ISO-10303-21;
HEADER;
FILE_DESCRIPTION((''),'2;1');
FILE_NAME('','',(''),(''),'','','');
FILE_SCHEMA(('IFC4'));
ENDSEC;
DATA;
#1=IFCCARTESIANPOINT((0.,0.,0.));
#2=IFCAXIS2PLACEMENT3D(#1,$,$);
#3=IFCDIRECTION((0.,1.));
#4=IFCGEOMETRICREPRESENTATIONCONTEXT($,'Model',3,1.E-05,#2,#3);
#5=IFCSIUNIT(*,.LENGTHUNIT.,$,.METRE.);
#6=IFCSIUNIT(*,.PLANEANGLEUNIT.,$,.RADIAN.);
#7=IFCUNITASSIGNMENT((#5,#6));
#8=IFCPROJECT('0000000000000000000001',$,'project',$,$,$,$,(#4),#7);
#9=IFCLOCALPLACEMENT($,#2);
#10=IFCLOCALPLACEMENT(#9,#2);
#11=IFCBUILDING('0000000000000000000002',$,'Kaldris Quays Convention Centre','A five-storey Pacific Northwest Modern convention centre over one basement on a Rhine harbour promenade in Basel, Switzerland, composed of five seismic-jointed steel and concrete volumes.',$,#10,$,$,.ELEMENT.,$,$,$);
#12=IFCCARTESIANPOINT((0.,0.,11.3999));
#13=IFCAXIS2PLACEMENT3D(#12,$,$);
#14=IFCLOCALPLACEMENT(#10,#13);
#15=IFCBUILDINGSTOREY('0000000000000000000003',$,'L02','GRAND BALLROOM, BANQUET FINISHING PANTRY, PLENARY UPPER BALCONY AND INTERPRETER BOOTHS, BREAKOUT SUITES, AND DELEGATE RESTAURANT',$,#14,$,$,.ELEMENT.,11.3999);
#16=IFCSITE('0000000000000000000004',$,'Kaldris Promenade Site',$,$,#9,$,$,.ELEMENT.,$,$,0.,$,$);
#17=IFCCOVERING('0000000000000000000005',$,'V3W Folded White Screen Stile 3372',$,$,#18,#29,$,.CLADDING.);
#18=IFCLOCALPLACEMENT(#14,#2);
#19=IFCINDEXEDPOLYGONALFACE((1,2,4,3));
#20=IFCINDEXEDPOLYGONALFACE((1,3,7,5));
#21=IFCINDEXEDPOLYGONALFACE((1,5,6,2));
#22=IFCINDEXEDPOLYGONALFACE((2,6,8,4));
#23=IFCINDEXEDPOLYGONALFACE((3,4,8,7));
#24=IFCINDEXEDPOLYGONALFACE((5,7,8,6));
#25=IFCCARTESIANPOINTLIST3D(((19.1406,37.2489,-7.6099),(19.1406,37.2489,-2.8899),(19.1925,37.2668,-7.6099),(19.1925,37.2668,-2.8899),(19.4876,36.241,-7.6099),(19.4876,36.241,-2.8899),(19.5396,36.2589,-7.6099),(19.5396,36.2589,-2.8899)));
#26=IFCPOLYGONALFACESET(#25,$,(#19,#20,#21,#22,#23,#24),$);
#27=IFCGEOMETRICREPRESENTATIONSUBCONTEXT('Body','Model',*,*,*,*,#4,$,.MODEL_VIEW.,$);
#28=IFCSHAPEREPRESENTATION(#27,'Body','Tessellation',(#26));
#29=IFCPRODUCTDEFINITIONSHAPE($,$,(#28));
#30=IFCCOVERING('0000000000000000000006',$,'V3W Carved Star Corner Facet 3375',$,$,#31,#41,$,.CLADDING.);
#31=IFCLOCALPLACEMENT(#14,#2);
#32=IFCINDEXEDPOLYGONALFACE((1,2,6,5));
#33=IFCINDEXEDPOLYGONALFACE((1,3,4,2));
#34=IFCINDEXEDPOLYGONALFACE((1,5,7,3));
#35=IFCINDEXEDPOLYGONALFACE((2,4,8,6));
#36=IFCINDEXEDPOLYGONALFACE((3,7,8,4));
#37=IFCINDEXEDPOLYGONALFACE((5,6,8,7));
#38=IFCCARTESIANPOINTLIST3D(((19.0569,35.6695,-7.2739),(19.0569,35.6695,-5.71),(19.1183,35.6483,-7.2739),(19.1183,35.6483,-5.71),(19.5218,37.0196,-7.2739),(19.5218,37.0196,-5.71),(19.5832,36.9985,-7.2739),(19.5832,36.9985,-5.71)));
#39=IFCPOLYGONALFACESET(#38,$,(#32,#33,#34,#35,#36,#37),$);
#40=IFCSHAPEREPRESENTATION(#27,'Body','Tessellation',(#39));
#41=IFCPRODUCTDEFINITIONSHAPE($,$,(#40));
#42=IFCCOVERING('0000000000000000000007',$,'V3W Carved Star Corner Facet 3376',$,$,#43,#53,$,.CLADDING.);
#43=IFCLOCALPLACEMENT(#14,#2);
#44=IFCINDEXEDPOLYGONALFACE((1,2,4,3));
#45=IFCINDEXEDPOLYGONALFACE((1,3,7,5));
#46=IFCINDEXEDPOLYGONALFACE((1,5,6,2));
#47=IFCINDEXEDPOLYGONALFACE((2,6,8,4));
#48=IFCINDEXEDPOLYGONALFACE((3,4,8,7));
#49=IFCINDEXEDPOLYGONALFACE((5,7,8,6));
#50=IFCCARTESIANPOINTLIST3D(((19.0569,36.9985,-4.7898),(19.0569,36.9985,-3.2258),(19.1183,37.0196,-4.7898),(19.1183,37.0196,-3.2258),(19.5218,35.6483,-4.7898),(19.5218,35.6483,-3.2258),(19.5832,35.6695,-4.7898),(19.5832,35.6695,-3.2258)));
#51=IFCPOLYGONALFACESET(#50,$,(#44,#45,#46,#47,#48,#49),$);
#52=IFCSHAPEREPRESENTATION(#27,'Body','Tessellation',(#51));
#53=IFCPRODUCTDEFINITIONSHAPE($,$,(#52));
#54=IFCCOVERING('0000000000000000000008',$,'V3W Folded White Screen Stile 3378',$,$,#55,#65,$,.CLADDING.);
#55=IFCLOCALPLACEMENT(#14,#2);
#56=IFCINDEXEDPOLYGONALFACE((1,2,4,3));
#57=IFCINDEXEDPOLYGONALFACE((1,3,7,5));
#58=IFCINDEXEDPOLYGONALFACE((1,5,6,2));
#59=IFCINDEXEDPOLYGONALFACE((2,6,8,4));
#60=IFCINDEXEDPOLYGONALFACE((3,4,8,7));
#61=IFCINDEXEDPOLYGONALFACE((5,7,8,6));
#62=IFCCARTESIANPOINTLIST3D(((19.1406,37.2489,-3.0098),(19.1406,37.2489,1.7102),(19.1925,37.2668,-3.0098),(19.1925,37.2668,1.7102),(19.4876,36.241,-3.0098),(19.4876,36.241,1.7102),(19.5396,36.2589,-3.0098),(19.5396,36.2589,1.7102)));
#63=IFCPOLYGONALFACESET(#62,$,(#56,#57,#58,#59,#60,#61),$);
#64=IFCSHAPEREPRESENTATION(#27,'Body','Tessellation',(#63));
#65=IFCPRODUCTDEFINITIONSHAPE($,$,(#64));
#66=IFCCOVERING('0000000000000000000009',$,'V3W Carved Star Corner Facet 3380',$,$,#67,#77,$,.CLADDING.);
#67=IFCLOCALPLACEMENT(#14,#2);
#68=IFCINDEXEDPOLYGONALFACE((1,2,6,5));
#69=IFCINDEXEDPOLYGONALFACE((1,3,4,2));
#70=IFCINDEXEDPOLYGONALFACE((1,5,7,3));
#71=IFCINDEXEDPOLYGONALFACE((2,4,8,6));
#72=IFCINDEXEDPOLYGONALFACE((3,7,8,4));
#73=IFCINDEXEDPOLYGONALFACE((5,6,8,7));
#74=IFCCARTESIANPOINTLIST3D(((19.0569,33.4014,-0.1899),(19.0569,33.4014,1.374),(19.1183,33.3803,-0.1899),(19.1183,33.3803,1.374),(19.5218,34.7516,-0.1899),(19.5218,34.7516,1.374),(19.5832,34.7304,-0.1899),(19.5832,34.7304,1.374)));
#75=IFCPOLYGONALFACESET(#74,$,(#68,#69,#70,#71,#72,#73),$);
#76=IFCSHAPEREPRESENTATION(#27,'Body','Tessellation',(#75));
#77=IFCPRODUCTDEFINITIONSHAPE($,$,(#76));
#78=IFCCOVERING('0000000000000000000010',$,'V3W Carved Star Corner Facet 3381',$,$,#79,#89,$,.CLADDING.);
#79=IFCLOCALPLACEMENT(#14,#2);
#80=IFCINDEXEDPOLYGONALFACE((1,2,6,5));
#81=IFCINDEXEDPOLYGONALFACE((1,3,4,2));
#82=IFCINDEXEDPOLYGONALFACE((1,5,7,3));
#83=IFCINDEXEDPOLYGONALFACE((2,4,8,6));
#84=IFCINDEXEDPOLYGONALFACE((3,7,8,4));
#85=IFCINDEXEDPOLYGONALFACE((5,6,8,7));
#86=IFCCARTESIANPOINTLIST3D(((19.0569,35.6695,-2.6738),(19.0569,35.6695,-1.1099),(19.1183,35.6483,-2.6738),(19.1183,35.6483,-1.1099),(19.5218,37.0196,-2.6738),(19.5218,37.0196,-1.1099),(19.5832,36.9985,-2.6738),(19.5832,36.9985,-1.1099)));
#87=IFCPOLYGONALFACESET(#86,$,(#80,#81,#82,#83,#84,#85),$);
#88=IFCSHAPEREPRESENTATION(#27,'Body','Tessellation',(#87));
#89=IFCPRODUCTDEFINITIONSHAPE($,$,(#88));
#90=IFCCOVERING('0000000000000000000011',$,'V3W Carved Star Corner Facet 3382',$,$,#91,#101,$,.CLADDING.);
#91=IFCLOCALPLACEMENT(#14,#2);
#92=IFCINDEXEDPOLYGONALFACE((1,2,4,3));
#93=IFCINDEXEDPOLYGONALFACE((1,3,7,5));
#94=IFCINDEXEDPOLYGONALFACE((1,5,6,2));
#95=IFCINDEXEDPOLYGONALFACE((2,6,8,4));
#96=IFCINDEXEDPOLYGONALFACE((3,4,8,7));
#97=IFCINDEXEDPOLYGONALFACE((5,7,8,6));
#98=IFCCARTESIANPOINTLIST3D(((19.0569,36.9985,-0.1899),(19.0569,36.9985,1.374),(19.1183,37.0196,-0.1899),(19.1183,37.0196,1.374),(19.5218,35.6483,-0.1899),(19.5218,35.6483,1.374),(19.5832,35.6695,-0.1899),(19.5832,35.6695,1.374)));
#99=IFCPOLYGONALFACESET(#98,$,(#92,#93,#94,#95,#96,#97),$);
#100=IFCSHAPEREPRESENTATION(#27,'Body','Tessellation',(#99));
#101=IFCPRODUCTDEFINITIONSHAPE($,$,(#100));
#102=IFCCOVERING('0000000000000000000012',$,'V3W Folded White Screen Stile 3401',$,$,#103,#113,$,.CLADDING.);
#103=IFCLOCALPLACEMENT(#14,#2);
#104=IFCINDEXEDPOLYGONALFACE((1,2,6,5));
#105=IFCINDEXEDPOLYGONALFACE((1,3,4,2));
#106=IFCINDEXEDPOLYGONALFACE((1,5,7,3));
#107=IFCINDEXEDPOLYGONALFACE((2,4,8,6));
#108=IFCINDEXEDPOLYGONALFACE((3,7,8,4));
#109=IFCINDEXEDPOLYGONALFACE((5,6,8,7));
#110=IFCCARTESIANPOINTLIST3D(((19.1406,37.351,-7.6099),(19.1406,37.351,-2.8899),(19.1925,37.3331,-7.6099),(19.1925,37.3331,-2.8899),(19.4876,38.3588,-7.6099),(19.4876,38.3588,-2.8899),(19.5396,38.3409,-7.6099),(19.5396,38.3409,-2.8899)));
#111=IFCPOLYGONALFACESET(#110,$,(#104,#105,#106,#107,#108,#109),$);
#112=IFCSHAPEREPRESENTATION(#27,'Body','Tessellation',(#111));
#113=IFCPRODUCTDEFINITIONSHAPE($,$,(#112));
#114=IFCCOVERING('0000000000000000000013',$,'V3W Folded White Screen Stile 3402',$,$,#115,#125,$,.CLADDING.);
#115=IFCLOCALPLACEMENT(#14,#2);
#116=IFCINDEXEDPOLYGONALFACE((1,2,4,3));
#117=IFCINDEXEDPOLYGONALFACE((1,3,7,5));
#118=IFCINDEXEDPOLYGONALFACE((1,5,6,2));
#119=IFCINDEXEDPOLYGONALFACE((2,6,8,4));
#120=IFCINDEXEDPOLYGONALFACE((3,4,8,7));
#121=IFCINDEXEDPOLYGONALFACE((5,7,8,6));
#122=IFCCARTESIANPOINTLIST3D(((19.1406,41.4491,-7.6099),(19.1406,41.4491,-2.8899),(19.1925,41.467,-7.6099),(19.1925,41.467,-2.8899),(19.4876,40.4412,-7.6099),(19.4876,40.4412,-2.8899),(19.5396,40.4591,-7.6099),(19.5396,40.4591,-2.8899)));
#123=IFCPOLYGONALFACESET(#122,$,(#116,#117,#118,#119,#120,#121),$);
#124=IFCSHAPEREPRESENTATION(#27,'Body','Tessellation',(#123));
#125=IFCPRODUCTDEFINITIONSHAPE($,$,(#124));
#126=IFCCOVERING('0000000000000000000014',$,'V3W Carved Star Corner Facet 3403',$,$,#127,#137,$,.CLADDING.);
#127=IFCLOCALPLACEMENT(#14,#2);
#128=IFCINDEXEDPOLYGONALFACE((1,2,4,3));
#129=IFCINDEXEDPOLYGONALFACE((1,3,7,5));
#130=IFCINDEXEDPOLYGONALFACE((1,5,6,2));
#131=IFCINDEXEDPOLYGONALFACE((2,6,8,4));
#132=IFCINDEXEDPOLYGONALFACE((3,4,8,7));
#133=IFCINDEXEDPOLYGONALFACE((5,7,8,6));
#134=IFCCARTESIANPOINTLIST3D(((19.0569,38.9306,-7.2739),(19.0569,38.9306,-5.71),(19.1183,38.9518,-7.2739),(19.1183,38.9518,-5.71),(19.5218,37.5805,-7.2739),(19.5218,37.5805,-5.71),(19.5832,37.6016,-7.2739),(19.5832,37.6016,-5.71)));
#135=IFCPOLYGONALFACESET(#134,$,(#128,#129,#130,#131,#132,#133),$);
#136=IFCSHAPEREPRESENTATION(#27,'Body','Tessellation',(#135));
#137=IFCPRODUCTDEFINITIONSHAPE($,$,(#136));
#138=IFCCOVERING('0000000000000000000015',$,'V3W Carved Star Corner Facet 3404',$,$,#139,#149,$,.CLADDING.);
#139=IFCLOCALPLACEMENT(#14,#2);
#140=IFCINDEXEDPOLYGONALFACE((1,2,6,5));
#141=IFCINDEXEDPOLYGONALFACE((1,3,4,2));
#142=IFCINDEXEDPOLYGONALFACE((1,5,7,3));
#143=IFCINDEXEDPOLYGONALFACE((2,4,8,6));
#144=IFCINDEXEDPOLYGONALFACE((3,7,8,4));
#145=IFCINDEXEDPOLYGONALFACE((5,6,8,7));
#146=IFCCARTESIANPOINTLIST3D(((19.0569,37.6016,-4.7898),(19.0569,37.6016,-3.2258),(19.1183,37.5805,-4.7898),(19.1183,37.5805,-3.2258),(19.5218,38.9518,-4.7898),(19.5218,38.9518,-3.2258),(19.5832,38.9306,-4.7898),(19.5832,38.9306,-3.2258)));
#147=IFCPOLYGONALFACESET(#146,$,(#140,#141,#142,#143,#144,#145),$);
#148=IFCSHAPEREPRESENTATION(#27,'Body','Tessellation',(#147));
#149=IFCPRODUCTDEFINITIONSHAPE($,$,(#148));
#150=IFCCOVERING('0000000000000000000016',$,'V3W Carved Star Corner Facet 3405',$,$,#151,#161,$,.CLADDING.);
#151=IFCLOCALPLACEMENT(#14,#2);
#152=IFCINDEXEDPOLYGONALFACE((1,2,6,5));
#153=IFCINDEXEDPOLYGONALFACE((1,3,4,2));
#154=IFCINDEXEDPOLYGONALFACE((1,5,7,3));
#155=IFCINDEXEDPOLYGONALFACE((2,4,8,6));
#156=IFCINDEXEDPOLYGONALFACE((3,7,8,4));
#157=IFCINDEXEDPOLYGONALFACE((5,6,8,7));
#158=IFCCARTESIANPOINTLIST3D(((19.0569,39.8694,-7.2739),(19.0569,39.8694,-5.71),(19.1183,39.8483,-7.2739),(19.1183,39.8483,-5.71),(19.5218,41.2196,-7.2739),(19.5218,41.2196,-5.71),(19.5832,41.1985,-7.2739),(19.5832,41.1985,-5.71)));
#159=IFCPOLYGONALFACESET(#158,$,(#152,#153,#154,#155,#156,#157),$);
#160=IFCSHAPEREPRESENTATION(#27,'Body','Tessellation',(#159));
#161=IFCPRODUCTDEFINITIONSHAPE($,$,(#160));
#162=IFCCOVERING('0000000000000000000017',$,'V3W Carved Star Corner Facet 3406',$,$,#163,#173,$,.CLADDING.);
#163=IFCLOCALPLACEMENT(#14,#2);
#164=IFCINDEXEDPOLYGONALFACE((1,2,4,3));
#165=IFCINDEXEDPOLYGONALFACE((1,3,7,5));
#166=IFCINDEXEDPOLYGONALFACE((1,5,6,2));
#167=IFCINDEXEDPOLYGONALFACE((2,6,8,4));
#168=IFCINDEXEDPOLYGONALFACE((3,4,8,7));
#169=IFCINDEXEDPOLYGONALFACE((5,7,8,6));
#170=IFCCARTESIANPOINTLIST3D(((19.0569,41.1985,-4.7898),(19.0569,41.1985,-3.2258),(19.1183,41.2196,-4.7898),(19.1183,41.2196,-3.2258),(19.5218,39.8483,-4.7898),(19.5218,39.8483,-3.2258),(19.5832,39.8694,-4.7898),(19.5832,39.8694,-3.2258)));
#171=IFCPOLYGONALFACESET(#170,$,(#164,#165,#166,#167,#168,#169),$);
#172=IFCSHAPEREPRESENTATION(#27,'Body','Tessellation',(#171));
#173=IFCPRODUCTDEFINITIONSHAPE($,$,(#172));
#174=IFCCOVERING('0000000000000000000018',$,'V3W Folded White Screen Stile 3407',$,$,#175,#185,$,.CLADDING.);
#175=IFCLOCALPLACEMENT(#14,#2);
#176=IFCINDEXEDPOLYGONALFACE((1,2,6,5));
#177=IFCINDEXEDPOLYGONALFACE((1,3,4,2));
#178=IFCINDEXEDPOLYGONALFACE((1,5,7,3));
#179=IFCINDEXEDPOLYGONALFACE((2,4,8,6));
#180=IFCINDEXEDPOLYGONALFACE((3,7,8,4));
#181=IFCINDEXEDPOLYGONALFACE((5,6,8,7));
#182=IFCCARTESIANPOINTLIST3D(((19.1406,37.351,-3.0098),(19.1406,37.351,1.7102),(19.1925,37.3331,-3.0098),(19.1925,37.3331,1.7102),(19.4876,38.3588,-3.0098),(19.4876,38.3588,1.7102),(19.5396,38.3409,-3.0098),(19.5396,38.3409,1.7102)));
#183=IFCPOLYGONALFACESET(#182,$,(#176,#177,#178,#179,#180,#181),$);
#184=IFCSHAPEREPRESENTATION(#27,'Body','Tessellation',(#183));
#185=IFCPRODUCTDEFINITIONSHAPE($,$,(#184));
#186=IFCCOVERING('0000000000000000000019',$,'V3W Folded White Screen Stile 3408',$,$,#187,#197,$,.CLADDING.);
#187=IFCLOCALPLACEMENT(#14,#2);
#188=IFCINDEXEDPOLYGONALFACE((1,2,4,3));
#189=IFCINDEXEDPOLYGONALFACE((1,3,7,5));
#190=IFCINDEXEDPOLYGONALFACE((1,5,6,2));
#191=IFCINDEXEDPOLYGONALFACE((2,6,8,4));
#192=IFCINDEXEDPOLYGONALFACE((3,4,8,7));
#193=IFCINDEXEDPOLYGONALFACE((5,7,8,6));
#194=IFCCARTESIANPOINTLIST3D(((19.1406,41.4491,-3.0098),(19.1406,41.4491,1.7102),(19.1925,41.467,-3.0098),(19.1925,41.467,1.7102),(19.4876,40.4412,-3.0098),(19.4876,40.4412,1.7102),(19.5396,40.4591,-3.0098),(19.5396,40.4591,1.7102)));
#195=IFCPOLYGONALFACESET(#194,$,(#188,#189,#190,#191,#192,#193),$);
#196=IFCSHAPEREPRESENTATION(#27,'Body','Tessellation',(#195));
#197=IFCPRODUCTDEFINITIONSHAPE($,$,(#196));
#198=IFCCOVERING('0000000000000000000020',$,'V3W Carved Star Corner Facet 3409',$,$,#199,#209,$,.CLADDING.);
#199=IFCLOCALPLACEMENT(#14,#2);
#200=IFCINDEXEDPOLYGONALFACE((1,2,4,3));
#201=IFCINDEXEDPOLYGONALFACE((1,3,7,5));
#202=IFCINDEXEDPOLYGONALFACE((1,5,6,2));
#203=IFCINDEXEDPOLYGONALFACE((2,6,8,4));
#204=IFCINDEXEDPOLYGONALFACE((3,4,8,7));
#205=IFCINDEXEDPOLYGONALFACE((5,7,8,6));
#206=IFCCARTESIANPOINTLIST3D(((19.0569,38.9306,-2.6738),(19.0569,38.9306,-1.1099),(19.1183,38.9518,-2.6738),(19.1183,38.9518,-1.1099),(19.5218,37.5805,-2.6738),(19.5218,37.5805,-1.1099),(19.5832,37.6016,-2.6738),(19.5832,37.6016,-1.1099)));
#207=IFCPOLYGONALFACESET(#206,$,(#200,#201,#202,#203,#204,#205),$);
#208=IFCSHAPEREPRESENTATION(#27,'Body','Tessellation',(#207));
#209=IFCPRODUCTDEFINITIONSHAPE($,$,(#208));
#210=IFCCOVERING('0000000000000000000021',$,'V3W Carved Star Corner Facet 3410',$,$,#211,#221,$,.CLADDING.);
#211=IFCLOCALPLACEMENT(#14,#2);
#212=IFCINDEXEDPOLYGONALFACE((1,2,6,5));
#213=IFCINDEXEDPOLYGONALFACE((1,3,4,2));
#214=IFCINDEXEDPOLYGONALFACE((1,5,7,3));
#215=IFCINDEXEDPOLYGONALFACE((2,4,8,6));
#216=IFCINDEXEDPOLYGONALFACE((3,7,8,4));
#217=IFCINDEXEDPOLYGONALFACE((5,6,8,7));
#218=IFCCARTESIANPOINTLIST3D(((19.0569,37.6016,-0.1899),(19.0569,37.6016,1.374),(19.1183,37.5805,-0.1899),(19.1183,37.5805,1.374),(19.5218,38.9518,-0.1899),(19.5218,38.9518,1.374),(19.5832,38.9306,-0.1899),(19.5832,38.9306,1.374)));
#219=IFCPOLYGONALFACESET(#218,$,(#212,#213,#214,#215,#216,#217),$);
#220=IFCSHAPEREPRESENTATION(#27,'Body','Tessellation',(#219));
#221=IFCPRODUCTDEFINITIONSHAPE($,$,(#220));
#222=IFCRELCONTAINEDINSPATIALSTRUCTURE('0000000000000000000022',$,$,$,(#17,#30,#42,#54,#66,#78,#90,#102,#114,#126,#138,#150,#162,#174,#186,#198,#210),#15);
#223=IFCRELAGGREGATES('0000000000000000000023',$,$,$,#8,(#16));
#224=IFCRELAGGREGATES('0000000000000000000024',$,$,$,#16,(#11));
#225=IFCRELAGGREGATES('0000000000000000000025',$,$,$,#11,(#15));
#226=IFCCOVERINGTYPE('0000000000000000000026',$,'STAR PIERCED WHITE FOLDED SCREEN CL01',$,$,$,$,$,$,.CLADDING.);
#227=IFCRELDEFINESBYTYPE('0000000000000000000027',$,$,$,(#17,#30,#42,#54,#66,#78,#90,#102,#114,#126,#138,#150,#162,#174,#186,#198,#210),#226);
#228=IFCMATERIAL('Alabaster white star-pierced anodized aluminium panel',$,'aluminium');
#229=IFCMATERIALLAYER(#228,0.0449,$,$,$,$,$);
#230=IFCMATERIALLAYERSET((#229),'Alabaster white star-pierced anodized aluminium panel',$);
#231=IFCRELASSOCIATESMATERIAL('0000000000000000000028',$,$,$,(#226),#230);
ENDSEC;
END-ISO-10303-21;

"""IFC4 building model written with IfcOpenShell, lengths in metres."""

from ifc_helpers import new_model, si_unit, direction, frame, origin, origin_2d, place, context, subcontext, project, spatial, rectangle, extrude, material, layer, layer_set, type_object, element, save


model = new_model("IFC4")

# Units and contexts
model_context = context("Model", 3, precision=1e-05, world=origin(), true_north=direction((0.0, 1.0)))
body_context = subcontext(model_context, "Body", "Model", "MODEL_VIEW")
ifc_project = project(units=[si_unit("LENGTHUNIT", "METRE"), si_unit("PLANEANGLEUNIT", "RADIAN")], contexts=[model_context])

# Site, building, storey
site_placement = place(None, origin())
site = spatial("IfcSite", under=ifc_project, at=site_placement, Name="Kaldris Promenade Site", CompositionType="ELEMENT", RefElevation=0.0)
building_placement = place(site_placement, origin())
building = spatial("IfcBuilding", under=site, at=building_placement, Name="Kaldris Quays Convention Centre", Description="A five-storey Pacific Northwest Modern convention centre over one basement on a Rhine harbour promenade in Basel, Switzerland, composed of five seismic-jointed steel and concrete volumes.", CompositionType="ELEMENT")
storey_placement = place(building_placement, frame((0.0, 0.0, 11.3999)))
storey = spatial("IfcBuildingStorey", under=building, at=storey_placement, Name="L02", Description="GRAND BALLROOM, BANQUET FINISHING PANTRY, PLENARY UPPER BALCONY AND INTERPRETER BOOTHS, BREAKOUT SUITES, AND DELEGATE RESTAURANT", CompositionType="ELEMENT", Elevation=11.3999)

# Coverings
ifc_material_1 = material(Name="Alabaster white star-pierced anodized aluminium panel", Category="aluminium")
ifc_layer = layer(ifc_material_1, 0.0449)
ifc_layer_set = layer_set([ifc_layer], Name="Alabaster white star-pierced anodized aluminium panel")
covering_type = type_object("IfcCoveringType", Name="STAR PIERCED WHITE FOLDED SCREEN CL01", PredefinedType="CLADDING", material=ifc_layer_set)
covering_1_placement = place(storey_placement, frame((19.3401, 36.7539, -7.6099), z_axis=(0.0, 0.0, 1.0), x_axis=(-0.325568, 0.945519, 0.0)))
element("IfcCovering", 1, at=covering_1_placement, inside=storey, type_object=covering_type, Name="V3W Folded White Screen Stile 3372", PredefinedType="CLADDING", context=body_context, shape_type="SweptSolid", body=[
    extrude(rectangle(XDim=1.0659, YDim=0.0549, at=origin_2d()), origin(), (0.0, 0.0, 1.0), 4.72),
])
for number, where, z_axis, x_axis, name in (
    (2, (19.3201, 36.334, -7.2739), (0.0, 0.0, 1.0), (0.325568, 0.945519, 0.0), "V3W Carved Star Corner Facet 3375"),
    (3, (19.3201, 36.334, -4.7898), (0.0, 0.0, 1.0), (-0.325568, 0.945519, 0.0), "V3W Carved Star Corner Facet 3376"),
):
    element("IfcCovering", number, at=place(storey_placement, frame(where, z_axis=z_axis, x_axis=x_axis)), inside=storey, type_object=covering_type, Name=name, PredefinedType="CLADDING", context=body_context, shape_type="SweptSolid", body=[
        extrude(rectangle(XDim=1.428, YDim=0.0649, at=origin_2d()), origin(), (0.0, 0.0, 1.0), 1.564),
    ])
covering_2_placement = place(storey_placement, frame((19.3401, 36.7539, -3.0098), z_axis=(0.0, 0.0, 1.0), x_axis=(-0.325568, 0.945519, 0.0)))
element("IfcCovering", 4, at=covering_2_placement, inside=storey, type_object=covering_type, Name="V3W Folded White Screen Stile 3378", PredefinedType="CLADDING", context=body_context, shape_type="SweptSolid", body=[
    extrude(rectangle(XDim=1.0659, YDim=0.0549, at=origin_2d()), origin(), (0.0, 0.0, 1.0), 4.72),
])
for number, where, z_axis, x_axis, name in (
    (5, (19.3201, 34.0659, -0.1899), (0.0, 0.0, 1.0), (0.325568, 0.945519, 0.0), "V3W Carved Star Corner Facet 3380"),
    (6, (19.3201, 36.334, -2.6738), (0.0, 0.0, 1.0), (0.325568, 0.945519, 0.0), "V3W Carved Star Corner Facet 3381"),
    (7, (19.3201, 36.334, -0.1899), (0.0, 0.0, 1.0), (-0.325568, 0.945519, 0.0), "V3W Carved Star Corner Facet 3382"),
):
    element("IfcCovering", number, at=place(storey_placement, frame(where, z_axis=z_axis, x_axis=x_axis)), inside=storey, type_object=covering_type, Name=name, PredefinedType="CLADDING", context=body_context, shape_type="SweptSolid", body=[
        extrude(rectangle(XDim=1.428, YDim=0.0649, at=origin_2d()), origin(), (0.0, 0.0, 1.0), 1.564),
    ])
for number, where, z_axis, x_axis, name in (
    (8, (19.3401, 37.8459, -7.6099), (0.0, 0.0, 1.0), (0.325568, 0.945519, 0.0), "V3W Folded White Screen Stile 3401"),
    (9, (19.3401, 40.9541, -7.6099), (0.0, 0.0, 1.0), (-0.325568, 0.945519, 0.0), "V3W Folded White Screen Stile 3402"),
):
    element("IfcCovering", number, at=place(storey_placement, frame(where, z_axis=z_axis, x_axis=x_axis)), inside=storey, type_object=covering_type, Name=name, PredefinedType="CLADDING", context=body_context, shape_type="SweptSolid", body=[
        extrude(rectangle(XDim=1.0659, YDim=0.0549, at=origin_2d()), origin(), (0.0, 0.0, 1.0), 4.72),
    ])
for number, where, z_axis, x_axis, name in (
    (10, (19.3201, 38.2661, -7.2739), (0.0, 0.0, 1.0), (-0.325568, 0.945519, 0.0), "V3W Carved Star Corner Facet 3403"),
    (11, (19.3201, 38.2661, -4.7898), (0.0, 0.0, 1.0), (0.325568, 0.945519, 0.0), "V3W Carved Star Corner Facet 3404"),
    (12, (19.3201, 40.5339, -7.2739), (0.0, 0.0, 1.0), (0.325568, 0.945519, 0.0), "V3W Carved Star Corner Facet 3405"),
    (13, (19.3201, 40.5339, -4.7898), (0.0, 0.0, 1.0), (-0.325568, 0.945519, 0.0), "V3W Carved Star Corner Facet 3406"),
):
    element("IfcCovering", number, at=place(storey_placement, frame(where, z_axis=z_axis, x_axis=x_axis)), inside=storey, type_object=covering_type, Name=name, PredefinedType="CLADDING", context=body_context, shape_type="SweptSolid", body=[
        extrude(rectangle(XDim=1.428, YDim=0.0649, at=origin_2d()), origin(), (0.0, 0.0, 1.0), 1.564),
    ])
for number, where, z_axis, x_axis, name in (
    (14, (19.3401, 37.8459, -3.0098), (0.0, 0.0, 1.0), (0.325568, 0.945519, 0.0), "V3W Folded White Screen Stile 3407"),
    (15, (19.3401, 40.9541, -3.0098), (0.0, 0.0, 1.0), (-0.325568, 0.945519, 0.0), "V3W Folded White Screen Stile 3408"),
):
    element("IfcCovering", number, at=place(storey_placement, frame(where, z_axis=z_axis, x_axis=x_axis)), inside=storey, type_object=covering_type, Name=name, PredefinedType="CLADDING", context=body_context, shape_type="SweptSolid", body=[
        extrude(rectangle(XDim=1.0659, YDim=0.0549, at=origin_2d()), origin(), (0.0, 0.0, 1.0), 4.72),
    ])
for number, where, z_axis, x_axis, name in (
    (16, (19.3201, 38.2661, -2.6738), (0.0, 0.0, 1.0), (-0.325568, 0.945519, 0.0), "V3W Carved Star Corner Facet 3409"),
    (17, (19.3201, 38.2661, -0.1899), (0.0, 0.0, 1.0), (0.325568, 0.945519, 0.0), "V3W Carved Star Corner Facet 3410"),
):
    element("IfcCovering", number, at=place(storey_placement, frame(where, z_axis=z_axis, x_axis=x_axis)), inside=storey, type_object=covering_type, Name=name, PredefinedType="CLADDING", context=body_context, shape_type="SweptSolid", body=[
        extrude(rectangle(XDim=1.428, YDim=0.0649, at=origin_2d()), origin(), (0.0, 0.0, 1.0), 1.564),
    ])

save(model, "model.ifc")
